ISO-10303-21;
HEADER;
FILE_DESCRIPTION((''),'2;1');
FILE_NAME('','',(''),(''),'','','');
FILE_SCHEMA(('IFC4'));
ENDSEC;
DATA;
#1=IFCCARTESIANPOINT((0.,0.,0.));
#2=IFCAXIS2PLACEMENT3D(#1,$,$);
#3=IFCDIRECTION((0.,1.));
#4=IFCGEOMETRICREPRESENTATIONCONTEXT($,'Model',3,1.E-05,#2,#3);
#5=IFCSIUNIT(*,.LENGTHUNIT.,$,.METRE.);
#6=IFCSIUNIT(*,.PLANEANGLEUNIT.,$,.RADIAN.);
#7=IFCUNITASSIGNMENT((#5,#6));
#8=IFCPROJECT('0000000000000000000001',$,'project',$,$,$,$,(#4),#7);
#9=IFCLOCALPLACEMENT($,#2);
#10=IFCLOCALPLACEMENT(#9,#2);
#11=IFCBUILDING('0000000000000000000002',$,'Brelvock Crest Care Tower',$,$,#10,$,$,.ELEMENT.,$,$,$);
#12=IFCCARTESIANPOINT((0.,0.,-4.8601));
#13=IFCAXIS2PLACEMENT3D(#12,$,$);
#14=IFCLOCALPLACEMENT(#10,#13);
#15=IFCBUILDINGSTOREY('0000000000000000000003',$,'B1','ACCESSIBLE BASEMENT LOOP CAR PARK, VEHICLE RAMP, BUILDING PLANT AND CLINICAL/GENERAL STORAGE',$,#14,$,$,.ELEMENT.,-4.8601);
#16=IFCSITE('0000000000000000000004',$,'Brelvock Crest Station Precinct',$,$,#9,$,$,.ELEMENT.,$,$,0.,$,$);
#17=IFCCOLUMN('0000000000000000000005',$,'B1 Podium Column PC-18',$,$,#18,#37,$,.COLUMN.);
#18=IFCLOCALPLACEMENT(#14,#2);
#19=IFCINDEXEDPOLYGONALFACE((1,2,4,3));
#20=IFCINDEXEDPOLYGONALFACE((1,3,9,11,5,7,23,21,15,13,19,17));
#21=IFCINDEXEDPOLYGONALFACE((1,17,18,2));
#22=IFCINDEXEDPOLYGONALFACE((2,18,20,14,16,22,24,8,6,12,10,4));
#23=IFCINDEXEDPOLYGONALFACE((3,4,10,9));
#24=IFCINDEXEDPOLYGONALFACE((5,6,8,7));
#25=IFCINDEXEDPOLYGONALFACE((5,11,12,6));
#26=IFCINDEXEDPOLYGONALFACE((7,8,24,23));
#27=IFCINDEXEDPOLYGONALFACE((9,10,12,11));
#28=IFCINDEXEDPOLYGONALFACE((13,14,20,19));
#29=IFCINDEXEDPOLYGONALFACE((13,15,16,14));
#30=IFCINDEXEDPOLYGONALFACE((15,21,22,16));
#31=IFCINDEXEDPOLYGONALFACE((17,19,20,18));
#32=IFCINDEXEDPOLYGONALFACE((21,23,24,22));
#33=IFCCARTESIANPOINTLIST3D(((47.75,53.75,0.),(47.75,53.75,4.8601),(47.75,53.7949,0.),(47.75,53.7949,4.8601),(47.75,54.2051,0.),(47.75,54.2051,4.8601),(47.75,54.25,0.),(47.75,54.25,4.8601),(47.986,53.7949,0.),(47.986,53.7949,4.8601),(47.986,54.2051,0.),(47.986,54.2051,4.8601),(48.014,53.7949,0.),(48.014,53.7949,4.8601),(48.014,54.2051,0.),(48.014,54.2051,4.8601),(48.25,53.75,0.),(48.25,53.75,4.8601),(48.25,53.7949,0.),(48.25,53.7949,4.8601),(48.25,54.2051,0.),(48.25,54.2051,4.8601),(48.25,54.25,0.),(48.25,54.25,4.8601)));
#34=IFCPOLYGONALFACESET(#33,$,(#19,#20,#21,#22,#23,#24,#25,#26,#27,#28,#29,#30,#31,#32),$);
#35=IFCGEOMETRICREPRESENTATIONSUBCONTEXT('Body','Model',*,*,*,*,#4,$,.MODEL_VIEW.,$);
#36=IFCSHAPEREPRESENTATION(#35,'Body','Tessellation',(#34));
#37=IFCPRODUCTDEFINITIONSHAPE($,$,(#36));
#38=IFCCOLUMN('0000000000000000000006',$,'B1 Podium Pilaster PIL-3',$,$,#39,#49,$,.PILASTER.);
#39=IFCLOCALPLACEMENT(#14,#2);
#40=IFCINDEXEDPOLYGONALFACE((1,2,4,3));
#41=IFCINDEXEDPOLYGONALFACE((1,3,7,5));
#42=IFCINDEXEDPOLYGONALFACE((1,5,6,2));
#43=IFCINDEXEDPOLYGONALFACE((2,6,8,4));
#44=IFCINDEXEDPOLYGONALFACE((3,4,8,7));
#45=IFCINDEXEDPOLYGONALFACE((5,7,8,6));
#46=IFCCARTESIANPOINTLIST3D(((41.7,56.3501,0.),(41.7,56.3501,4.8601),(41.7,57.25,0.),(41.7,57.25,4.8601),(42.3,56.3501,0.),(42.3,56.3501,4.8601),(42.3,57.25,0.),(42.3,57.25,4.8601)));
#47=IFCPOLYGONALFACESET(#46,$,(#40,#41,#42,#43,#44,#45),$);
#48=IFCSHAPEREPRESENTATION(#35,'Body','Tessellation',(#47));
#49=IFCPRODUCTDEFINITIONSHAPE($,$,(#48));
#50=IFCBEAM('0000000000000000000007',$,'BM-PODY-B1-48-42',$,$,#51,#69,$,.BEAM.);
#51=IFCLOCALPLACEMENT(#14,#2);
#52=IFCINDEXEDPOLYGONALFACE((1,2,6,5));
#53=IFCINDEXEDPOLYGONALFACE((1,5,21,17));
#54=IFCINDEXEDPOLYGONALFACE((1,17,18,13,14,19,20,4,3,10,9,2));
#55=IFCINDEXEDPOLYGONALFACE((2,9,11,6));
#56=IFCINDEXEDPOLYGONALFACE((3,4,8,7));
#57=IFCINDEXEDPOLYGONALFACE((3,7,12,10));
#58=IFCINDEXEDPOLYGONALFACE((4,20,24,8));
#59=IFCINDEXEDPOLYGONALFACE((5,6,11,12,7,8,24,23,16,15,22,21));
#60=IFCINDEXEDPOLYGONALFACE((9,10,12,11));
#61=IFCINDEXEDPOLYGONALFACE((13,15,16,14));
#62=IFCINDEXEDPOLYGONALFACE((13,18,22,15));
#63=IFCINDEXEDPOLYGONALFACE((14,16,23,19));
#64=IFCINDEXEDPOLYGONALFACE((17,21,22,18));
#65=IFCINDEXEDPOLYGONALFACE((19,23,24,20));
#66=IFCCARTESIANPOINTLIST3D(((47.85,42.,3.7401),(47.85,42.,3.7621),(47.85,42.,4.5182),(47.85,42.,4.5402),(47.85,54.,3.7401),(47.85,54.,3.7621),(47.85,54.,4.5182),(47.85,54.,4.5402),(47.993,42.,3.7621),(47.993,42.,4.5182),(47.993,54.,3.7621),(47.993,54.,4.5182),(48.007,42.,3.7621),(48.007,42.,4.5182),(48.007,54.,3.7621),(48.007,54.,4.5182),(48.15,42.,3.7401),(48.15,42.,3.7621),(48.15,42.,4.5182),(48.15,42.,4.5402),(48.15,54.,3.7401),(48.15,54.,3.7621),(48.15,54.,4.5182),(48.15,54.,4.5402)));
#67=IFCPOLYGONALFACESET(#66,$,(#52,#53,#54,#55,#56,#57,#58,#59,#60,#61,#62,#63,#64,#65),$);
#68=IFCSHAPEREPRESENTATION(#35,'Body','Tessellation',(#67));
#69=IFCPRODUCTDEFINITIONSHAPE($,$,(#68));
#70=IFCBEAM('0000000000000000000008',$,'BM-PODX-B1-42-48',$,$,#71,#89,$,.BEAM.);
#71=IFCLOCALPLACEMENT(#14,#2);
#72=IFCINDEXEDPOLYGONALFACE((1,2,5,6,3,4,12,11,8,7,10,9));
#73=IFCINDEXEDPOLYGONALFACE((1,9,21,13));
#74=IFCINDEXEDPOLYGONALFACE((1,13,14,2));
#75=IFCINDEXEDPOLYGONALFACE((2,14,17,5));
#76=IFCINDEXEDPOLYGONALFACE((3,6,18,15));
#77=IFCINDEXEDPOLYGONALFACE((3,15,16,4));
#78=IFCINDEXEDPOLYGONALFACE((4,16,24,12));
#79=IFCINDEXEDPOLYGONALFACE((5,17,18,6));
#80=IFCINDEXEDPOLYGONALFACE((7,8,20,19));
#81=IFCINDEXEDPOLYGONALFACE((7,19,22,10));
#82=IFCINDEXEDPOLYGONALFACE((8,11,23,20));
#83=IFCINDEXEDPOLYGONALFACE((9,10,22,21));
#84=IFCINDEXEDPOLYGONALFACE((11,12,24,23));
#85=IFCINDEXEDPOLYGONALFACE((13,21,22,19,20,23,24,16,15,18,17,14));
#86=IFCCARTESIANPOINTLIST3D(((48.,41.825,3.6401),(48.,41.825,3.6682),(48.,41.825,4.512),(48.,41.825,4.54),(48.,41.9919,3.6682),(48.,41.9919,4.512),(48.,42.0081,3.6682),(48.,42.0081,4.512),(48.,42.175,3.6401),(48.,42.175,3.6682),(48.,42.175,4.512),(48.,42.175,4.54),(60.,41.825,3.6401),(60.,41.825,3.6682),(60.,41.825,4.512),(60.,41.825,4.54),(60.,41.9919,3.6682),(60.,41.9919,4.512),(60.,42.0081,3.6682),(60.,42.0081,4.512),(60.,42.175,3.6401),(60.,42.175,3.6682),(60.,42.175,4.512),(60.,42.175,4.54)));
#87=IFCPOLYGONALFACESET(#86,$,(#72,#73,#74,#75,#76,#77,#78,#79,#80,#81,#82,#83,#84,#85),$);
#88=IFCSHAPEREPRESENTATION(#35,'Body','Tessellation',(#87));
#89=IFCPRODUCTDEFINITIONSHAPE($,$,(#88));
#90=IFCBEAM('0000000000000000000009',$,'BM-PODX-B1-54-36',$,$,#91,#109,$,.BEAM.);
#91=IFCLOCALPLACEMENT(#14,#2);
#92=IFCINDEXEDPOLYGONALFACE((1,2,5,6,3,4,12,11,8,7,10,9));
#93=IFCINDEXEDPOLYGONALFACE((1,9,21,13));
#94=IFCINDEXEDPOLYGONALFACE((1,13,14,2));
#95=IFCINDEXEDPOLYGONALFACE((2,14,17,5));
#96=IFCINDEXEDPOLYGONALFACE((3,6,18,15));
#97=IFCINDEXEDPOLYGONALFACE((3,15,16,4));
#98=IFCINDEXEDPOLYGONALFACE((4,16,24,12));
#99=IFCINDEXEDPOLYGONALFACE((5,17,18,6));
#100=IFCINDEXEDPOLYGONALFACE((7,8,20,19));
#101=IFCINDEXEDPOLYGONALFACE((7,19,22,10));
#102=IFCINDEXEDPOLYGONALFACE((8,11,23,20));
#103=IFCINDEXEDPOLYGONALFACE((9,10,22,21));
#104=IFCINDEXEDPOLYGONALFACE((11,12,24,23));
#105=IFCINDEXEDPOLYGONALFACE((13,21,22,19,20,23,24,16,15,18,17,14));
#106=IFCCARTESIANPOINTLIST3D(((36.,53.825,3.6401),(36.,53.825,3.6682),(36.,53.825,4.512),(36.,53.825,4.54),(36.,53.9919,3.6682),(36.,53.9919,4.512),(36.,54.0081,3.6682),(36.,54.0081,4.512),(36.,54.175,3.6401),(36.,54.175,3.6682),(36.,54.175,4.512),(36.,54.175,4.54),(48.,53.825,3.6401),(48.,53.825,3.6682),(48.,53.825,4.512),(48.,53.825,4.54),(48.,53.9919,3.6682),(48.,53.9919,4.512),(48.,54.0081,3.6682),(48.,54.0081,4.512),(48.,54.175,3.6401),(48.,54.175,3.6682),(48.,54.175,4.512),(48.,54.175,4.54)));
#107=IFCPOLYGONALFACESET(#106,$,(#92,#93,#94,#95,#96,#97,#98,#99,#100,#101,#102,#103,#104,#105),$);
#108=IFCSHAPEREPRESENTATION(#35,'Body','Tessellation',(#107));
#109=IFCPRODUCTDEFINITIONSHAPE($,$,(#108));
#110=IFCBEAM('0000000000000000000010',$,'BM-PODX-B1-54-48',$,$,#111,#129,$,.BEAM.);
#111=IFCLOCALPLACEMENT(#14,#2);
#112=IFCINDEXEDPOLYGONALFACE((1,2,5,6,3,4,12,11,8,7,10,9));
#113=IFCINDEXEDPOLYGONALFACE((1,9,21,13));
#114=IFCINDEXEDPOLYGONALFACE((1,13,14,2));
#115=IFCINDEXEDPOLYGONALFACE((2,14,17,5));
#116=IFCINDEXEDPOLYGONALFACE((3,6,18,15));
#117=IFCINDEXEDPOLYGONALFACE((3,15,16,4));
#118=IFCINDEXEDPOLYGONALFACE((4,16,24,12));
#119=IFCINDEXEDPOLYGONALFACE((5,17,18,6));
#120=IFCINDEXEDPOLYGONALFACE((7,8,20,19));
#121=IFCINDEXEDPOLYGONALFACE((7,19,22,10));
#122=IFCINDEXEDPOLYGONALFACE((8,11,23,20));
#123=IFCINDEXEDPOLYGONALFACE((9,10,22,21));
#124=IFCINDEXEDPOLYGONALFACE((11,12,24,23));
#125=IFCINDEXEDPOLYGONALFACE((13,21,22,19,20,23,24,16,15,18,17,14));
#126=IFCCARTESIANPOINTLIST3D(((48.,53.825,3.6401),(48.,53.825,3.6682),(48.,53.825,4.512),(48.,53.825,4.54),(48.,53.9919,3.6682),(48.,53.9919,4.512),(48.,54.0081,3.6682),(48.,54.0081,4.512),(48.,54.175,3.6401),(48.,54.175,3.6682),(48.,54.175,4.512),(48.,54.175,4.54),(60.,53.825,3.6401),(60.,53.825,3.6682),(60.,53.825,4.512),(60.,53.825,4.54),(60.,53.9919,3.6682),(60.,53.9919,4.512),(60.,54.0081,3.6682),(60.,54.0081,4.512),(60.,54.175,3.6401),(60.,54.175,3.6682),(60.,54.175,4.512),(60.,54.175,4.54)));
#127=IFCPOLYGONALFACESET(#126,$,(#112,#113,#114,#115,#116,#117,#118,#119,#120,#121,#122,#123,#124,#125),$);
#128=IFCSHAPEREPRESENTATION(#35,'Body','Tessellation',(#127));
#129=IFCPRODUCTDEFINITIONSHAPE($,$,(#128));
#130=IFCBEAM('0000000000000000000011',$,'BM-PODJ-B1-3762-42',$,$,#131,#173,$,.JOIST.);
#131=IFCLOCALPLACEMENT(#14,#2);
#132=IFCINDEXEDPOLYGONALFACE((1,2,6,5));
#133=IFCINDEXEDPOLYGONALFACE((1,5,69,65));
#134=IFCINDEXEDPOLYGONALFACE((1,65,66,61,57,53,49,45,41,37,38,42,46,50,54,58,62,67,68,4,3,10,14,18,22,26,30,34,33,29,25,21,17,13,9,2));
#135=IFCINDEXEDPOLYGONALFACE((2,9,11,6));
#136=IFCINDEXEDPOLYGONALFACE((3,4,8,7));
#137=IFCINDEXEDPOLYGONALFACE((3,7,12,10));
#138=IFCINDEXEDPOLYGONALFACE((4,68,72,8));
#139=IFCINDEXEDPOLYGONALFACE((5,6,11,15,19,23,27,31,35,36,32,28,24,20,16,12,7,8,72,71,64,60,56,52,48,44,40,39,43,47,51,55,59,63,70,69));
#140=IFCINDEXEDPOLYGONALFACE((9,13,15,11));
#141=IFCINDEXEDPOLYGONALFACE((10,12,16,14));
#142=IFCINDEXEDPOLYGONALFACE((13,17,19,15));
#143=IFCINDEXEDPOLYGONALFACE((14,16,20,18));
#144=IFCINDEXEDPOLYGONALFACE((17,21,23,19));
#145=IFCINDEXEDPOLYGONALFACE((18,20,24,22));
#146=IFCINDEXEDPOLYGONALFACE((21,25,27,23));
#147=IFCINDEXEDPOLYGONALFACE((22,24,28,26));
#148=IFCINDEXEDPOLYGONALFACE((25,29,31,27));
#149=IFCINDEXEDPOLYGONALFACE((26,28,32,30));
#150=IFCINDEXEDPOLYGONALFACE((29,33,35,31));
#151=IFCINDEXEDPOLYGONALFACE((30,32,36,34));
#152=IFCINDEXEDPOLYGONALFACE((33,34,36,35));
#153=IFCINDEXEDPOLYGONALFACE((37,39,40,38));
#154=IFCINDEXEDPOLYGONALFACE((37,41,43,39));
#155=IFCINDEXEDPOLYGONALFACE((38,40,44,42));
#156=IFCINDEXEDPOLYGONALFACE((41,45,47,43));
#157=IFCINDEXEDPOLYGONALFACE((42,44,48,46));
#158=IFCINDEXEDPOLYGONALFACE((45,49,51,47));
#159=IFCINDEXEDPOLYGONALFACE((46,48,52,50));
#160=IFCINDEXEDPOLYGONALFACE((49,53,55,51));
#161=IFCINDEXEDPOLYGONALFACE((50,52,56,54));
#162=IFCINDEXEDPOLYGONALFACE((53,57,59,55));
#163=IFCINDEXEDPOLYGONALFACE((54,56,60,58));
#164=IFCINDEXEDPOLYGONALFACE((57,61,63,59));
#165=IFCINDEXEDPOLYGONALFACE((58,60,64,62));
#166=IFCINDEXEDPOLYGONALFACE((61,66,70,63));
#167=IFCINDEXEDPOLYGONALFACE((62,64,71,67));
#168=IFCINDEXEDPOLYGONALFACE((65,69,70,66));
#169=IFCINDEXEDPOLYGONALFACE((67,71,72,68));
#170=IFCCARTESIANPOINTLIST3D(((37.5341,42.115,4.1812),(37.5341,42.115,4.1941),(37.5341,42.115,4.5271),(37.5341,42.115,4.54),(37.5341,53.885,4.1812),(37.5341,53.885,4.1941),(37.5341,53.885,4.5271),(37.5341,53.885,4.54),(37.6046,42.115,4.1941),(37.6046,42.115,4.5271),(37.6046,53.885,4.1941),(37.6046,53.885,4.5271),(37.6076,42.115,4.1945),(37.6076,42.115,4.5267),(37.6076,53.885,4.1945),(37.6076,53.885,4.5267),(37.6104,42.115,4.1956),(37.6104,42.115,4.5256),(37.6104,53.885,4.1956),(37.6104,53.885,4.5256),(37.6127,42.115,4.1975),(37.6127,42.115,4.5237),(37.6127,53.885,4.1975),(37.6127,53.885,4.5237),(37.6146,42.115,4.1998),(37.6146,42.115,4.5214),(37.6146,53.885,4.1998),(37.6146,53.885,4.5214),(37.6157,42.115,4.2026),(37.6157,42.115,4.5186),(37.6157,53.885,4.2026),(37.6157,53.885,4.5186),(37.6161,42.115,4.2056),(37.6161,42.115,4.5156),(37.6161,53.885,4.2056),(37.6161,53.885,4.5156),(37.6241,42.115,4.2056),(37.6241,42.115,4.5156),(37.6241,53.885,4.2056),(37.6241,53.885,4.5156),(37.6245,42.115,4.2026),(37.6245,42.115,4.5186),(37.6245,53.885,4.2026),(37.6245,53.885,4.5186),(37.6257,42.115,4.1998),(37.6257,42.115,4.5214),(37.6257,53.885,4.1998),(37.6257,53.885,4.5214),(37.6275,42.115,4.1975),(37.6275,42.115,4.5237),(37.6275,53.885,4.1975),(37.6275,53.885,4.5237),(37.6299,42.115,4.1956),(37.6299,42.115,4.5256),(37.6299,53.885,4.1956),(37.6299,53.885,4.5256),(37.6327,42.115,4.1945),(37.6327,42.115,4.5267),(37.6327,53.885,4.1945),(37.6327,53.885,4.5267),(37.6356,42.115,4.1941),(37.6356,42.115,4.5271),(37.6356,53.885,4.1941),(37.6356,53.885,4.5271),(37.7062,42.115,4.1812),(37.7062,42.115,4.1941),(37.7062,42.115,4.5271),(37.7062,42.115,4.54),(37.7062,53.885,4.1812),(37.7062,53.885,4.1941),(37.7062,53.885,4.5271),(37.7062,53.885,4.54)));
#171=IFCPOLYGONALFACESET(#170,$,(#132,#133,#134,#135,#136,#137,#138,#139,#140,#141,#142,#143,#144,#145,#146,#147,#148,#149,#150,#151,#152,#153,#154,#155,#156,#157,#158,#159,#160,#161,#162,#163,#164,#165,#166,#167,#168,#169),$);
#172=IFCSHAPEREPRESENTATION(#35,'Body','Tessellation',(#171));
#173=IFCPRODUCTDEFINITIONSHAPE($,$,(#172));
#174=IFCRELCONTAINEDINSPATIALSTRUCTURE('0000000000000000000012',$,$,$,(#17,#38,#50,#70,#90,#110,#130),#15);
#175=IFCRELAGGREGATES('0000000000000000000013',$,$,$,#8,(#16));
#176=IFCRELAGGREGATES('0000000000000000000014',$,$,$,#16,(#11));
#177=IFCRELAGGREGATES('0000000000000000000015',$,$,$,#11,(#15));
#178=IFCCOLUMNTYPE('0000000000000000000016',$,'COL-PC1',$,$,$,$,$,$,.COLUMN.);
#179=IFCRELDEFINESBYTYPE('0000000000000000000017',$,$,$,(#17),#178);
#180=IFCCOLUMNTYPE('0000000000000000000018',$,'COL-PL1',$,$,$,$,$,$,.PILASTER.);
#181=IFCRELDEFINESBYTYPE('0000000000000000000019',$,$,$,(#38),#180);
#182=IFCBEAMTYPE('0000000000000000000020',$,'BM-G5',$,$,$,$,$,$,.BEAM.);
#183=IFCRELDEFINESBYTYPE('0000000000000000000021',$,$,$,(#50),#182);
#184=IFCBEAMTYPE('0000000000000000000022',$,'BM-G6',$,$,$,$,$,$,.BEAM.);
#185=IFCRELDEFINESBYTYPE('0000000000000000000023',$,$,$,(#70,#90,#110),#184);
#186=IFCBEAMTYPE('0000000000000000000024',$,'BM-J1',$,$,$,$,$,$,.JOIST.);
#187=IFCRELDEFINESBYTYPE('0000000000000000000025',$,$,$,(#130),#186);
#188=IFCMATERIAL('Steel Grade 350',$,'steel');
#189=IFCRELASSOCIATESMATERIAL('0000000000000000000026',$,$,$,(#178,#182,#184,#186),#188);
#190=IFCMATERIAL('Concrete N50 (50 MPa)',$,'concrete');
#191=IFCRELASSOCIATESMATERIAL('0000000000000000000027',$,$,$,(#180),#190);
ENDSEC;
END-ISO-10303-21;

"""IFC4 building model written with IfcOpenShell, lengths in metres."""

from ifc_helpers import new_model, si_unit, direction, frame, origin, origin_2d, place, context, subcontext, project, spatial, rectangle, i_section, extrude, source, transform, mapped, material, material_profile, profile_set, type_object, element, save


model = new_model("IFC4")

# Units and contexts
model_context = context("Model", 3, precision=1e-05, world=origin(), true_north=direction((0.0, 1.0)))
body_context = subcontext(model_context, "Body", "Model", "MODEL_VIEW")
ifc_project = project(units=[si_unit("LENGTHUNIT", "METRE"), si_unit("PLANEANGLEUNIT", "RADIAN")], contexts=[model_context])

# Site, building, storey
site_placement = place(None, origin())
site = spatial("IfcSite", under=ifc_project, at=site_placement, Name="Brelvock Crest Station Precinct", CompositionType="ELEMENT", RefElevation=0.0)
building_placement = place(site_placement, origin())
building = spatial("IfcBuilding", under=site, at=building_placement, Name="Brelvock Crest Care Tower", CompositionType="ELEMENT")
storey_placement = place(building_placement, frame((0.0, 0.0, -4.8601)))
storey = spatial("IfcBuildingStorey", under=building, at=storey_placement, Name="B1", Description="ACCESSIBLE BASEMENT LOOP CAR PARK, VEHICLE RAMP, BUILDING PLANT AND CLINICAL/GENERAL STORAGE", CompositionType="ELEMENT", Elevation=-4.8601)

# Shared definitions
ifc_material_1 = material(Name="Concrete N50 (50 MPa)", Category="concrete")

# Columns
ifc_material_2 = material(Name="Steel Grade 350", Category="steel")
ifc_material_profile_1 = material_profile(ifc_material_2, i_section(OverallWidth=0.5, OverallDepth=0.5, WebThickness=0.0281, FlangeThickness=0.0449, at=origin_2d()), Name="500WC440")
ifc_profile_set_1 = profile_set([ifc_material_profile_1], Name="Steel Grade 350")
column_type_1 = type_object("IfcColumnType", Name="COL-PC1", PredefinedType="COLUMN", material=ifc_profile_set_1)
shared_shape_1 = source(origin(), body_context, "Body", "SweptSolid", [
    extrude(i_section(OverallWidth=0.5, OverallDepth=0.5, WebThickness=0.0281, FlangeThickness=0.0449, at=origin_2d()), origin(), (0.0, 0.0, 1.0), 4.8601),
])
for number, where, z_axis, x_axis, name in (
    (1, (48.0, 54.0, 0.0), (0.0, 0.0, 1.0), (1.0, 0.0, 0.0), "B1 Podium Column PC-18"),
):
    element("IfcColumn", number, at=place(storey_placement, frame(where, z_axis=z_axis, x_axis=x_axis)), inside=storey, type_object=column_type_1, Name=name, PredefinedType="COLUMN", context=body_context, shape_type="MappedRepresentation", body=[
        mapped(shared_shape_1, transform((0.0, 0.0, 0.0), x_axis=(1.0, 0.0, 0.0), y_axis=(0.0, 1.0, 0.0), z_axis=(0.0, 0.0, 1.0), scale=1.0)),
    ])
ifc_material_profile_2 = material_profile(ifc_material_1, rectangle(XDim=0.6001, YDim=0.8999, at=origin_2d()), Name="RC600x900")
ifc_profile_set_2 = profile_set([ifc_material_profile_2], Name="Concrete N50 (50 MPa)")
column_type_2 = type_object("IfcColumnType", Name="COL-PL1", PredefinedType="PILASTER", material=ifc_profile_set_2)
shared_shape_2 = source(origin(), body_context, "Body", "SweptSolid", [
    extrude(rectangle(XDim=0.6001, YDim=0.8999, at=origin_2d()), origin(), (0.0, 0.0, 1.0), 4.8601),
])
column_placement = place(storey_placement, frame((42.0, 56.8, 0.0), z_axis=(0.0, 0.0, 1.0), x_axis=(1.0, 0.0, 0.0)))
element("IfcColumn", 2, at=column_placement, inside=storey, type_object=column_type_2, Name="B1 Podium Pilaster PIL-3", PredefinedType="PILASTER", context=body_context, shape_type="MappedRepresentation", body=[
    mapped(shared_shape_2, transform((0.0, 0.0, 0.0), x_axis=(1.0, 0.0, 0.0), y_axis=(0.0, 1.0, 0.0), z_axis=(0.0, 0.0, 1.0), scale=1.0)),
])

# Beams
ifc_material_profile_3 = material_profile(ifc_material_2, i_section(OverallWidth=0.3, OverallDepth=0.8, WebThickness=0.0139, FlangeThickness=0.022, at=origin_2d()), Name="800WB192")
ifc_profile_set_3 = profile_set([ifc_material_profile_3], Name="Steel Grade 350")
beam_type_1 = type_object("IfcBeamType", Name="BM-G5", PredefinedType="BEAM", material=ifc_profile_set_3)
shared_shape_3 = source(origin(), body_context, "Body", "SweptSolid", [
    extrude(i_section(OverallWidth=0.3, OverallDepth=0.8, WebThickness=0.0139, FlangeThickness=0.022, at=origin_2d()), origin(), (0.0, 0.0, 1.0), 12.0),
])
beam_placement = place(storey_placement, frame((48.0, 42.0, 4.1401), z_axis=(0.0, 1.0, 0.0), x_axis=(-1.0, 0.0, 0.0)))
element("IfcBeam", 3, at=beam_placement, inside=storey, type_object=beam_type_1, Name="BM-PODY-B1-48-42", PredefinedType="BEAM", context=body_context, shape_type="MappedRepresentation", body=[
    mapped(shared_shape_3, transform((0.0, 0.0, 0.0), x_axis=(1.0, 0.0, 0.0), y_axis=(0.0, 1.0, 0.0), z_axis=(0.0, 0.0, 1.0), scale=1.0)),
])
ifc_material_profile_4 = material_profile(ifc_material_2, i_section(OverallWidth=0.3501, OverallDepth=0.8999, WebThickness=0.0161, FlangeThickness=0.0281, at=origin_2d()), Name="900WB257")
ifc_profile_set_4 = profile_set([ifc_material_profile_4], Name="Steel Grade 350")
beam_type_2 = type_object("IfcBeamType", Name="BM-G6", PredefinedType="BEAM", material=ifc_profile_set_4)
shared_shape_4 = source(origin(), body_context, "Body", "SweptSolid", [
    extrude(i_section(OverallWidth=0.3501, OverallDepth=0.8999, WebThickness=0.0161, FlangeThickness=0.0281, at=origin_2d()), origin(), (0.0, 0.0, 1.0), 12.0),
])
for number, where, z_axis, x_axis, name in (
    (4, (48.0, 42.0, 4.0901), (1.0, 0.0, 0.0), (0.0, 1.0, 0.0), "BM-PODX-B1-42-48"),
    (5, (36.0, 54.0, 4.0901), (1.0, 0.0, 0.0), (0.0, 1.0, 0.0), "BM-PODX-B1-54-36"),
    (6, (48.0, 54.0, 4.0901), (1.0, 0.0, 0.0), (0.0, 1.0, 0.0), "BM-PODX-B1-54-48"),
):
    element("IfcBeam", number, at=place(storey_placement, frame(where, z_axis=z_axis, x_axis=x_axis)), inside=storey, type_object=beam_type_2, Name=name, PredefinedType="BEAM", context=body_context, shape_type="MappedRepresentation", body=[
        mapped(shared_shape_4, transform((0.0, 0.0, 0.0), x_axis=(1.0, 0.0, 0.0), y_axis=(0.0, 1.0, 0.0), z_axis=(0.0, 0.0, 1.0), scale=1.0)),
    ])
ifc_material_profile_5 = material_profile(ifc_material_2, i_section(OverallWidth=0.1721, OverallDepth=0.3589, WebThickness=0.0081, FlangeThickness=0.0129, FilletRadius=0.0115, at=origin_2d()), Name="360UB56.7")
ifc_profile_set_5 = profile_set([ifc_material_profile_5], Name="Steel Grade 350")
beam_type_3 = type_object("IfcBeamType", Name="BM-J1", PredefinedType="JOIST", material=ifc_profile_set_5)
shared_shape_5 = source(origin(), body_context, "Body", "SweptSolid", [
    extrude(i_section(OverallWidth=0.1721, OverallDepth=0.3589, WebThickness=0.0081, FlangeThickness=0.0129, FilletRadius=0.0115, at=origin_2d()), origin(), (0.0, 0.0, 1.0), 11.77),
])
for number, where, z_axis, x_axis, name in (
    (7, (37.6201, 42.115, 4.3606), (0.0, 1.0, 0.0), (-1.0, 0.0, 0.0), "BM-PODJ-B1-3762-42"),
):
    element("IfcBeam", number, at=place(storey_placement, frame(where, z_axis=z_axis, x_axis=x_axis)), inside=storey, type_object=beam_type_3, Name=name, PredefinedType="JOIST", context=body_context, shape_type="MappedRepresentation", body=[
        mapped(shared_shape_5, transform((0.0, 0.0, 0.0), x_axis=(1.0, 0.0, 0.0), y_axis=(0.0, 1.0, 0.0), z_axis=(0.0, 0.0, 1.0), scale=1.0)),
    ])

save(model, "model.ifc")
